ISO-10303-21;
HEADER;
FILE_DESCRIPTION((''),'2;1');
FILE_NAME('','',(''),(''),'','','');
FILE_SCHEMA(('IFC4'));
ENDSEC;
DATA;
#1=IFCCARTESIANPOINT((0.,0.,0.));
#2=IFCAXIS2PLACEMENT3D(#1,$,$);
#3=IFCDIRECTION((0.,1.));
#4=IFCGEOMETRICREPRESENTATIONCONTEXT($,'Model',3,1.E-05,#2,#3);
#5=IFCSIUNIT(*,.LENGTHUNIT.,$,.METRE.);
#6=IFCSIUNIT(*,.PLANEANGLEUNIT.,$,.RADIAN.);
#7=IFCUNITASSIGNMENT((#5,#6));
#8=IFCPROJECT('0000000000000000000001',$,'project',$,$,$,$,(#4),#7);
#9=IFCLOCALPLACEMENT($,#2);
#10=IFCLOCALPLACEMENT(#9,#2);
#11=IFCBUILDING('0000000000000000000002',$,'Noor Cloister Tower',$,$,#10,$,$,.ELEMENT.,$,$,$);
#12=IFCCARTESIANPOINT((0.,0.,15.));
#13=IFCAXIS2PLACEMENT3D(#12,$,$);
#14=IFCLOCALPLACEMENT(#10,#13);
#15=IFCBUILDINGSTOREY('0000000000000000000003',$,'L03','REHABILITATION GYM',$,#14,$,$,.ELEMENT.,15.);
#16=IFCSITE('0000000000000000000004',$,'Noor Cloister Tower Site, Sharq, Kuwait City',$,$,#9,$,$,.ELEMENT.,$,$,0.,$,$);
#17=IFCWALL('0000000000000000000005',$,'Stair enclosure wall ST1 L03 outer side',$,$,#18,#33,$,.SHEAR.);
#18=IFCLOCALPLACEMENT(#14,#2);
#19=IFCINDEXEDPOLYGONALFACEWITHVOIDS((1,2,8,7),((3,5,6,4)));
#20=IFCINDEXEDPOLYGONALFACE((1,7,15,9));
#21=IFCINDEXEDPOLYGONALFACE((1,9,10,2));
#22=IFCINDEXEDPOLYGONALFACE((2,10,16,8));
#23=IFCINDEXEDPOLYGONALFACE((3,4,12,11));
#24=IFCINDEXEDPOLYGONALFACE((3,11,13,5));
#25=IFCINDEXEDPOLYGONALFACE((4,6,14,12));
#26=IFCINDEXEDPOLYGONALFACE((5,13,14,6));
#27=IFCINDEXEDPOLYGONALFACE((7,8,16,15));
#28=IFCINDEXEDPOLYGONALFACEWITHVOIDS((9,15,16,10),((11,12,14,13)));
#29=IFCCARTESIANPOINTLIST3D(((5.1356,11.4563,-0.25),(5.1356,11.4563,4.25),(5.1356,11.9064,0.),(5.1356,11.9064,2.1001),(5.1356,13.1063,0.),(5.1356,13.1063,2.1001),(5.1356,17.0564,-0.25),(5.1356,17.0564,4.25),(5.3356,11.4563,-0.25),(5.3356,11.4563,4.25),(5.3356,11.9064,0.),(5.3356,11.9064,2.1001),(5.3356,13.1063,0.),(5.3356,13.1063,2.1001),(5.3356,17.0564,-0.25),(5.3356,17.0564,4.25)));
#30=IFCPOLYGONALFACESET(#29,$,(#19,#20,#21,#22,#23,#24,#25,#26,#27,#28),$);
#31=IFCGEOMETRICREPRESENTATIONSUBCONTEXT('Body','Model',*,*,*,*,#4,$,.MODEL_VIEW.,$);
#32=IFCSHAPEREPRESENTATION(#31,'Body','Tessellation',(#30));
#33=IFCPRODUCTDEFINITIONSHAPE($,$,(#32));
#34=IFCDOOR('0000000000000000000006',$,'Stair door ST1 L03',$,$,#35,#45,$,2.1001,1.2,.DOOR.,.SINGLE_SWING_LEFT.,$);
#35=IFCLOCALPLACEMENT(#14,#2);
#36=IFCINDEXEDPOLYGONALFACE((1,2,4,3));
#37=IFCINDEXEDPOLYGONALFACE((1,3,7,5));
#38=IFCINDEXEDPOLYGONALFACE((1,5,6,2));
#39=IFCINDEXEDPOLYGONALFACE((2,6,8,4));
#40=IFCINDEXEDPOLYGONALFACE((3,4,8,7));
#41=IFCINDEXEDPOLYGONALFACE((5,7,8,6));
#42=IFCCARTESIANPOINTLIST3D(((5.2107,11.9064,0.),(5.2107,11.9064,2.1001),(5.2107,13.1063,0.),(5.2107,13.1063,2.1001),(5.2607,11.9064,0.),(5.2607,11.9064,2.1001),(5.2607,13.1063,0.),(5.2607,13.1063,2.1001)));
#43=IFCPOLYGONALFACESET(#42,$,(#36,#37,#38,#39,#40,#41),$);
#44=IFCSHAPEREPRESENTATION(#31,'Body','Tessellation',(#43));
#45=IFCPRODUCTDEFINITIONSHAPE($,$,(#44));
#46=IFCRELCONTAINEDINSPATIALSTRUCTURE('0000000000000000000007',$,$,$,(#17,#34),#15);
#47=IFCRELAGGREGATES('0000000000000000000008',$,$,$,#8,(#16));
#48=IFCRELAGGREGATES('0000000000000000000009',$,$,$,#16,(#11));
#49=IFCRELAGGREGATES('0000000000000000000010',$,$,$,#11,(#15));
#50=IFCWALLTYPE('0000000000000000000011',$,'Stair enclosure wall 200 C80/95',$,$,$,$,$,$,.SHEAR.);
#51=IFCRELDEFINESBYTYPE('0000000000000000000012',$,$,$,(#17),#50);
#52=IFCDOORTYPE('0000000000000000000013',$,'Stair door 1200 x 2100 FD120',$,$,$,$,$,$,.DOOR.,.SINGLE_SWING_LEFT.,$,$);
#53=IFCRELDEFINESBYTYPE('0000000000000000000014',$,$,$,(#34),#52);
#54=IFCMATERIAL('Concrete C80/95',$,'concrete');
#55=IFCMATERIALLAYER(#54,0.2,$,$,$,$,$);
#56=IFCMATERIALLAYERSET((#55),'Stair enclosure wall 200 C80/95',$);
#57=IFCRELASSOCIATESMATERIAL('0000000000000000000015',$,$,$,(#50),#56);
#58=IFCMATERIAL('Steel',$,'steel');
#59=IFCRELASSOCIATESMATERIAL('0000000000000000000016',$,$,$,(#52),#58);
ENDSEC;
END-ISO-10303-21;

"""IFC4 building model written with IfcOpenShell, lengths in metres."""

from ifc_helpers import new_model, si_unit, direction, frame, frame_2d, origin, place, context, subcontext, project, spatial, rectangle, extrude, material, layer, layer_set, type_object, element, fill, save


model = new_model("IFC4")

# Units and contexts
model_context = context("Model", 3, precision=1e-05, world=origin(), true_north=direction((0.0, 1.0)))
body_context = subcontext(model_context, "Body", "Model", "MODEL_VIEW")
ifc_project = project(units=[si_unit("LENGTHUNIT", "METRE"), si_unit("PLANEANGLEUNIT", "RADIAN")], contexts=[model_context])

# Site, building, storey
site_placement = place(None, origin())
site = spatial("IfcSite", under=ifc_project, at=site_placement, Name="Noor Cloister Tower Site, Sharq, Kuwait City", CompositionType="ELEMENT", RefElevation=0.0)
building_placement = place(site_placement, origin())
building = spatial("IfcBuilding", under=site, at=building_placement, Name="Noor Cloister Tower", CompositionType="ELEMENT")
storey_placement = place(building_placement, frame((0.0, 0.0, 15.0)))
storey = spatial("IfcBuildingStorey", under=building, at=storey_placement, Name="L03", Description="REHABILITATION GYM", CompositionType="ELEMENT", Elevation=15.0)

# Wall, opening, door
ifc_material_1 = material(Name="Concrete C80/95", Category="concrete")
ifc_layer_1 = layer(ifc_material_1, 0.2)
ifc_layer_set_1 = layer_set([ifc_layer_1], Name="Stair enclosure wall 200 C80/95")
wall_type_1 = type_object("IfcWallType", Name="Stair enclosure wall 200 C80/95", PredefinedType="SHEAR", material=ifc_layer_set_1)
ifc_material_2 = material(Name="Steel", Category="steel")
door_type_1 = type_object("IfcDoorType", Name="Stair door 1200 x 2100 FD120", OperationType="SINGLE_SWING_LEFT", PredefinedType="DOOR", material=ifc_material_2)
wall_1_placement = place(storey_placement, frame((5.2356, 11.4563, -0.25), z_axis=(0.0, 0.0, 1.0), x_axis=(0.0, 1.0, 0.0)))
wall_1 = element("IfcWall", 1, at=wall_1_placement, inside=storey, type_object=wall_type_1, Name="Stair enclosure wall ST1 L03 outer side", PredefinedType="SHEAR", context=body_context, shape_type="SweptSolid", body=[
    extrude(rectangle(XDim=5.6001, YDim=0.2, at=frame_2d((2.8, 0.0))), origin(), (0.0, 0.0, 1.0), 4.5),
])
opening_1_placement = place(wall_1_placement, frame((0.45, 0.0, 0.25)))
opening_1 = element("IfcOpeningElement", 2, at=opening_1_placement, cuts=wall_1, PredefinedType="OPENING", context=body_context, shape_type="SweptSolid", body=[
    extrude(rectangle(XDim=1.2, YDim=2.1001, at=frame_2d((0.6001, 1.05))), frame((0.0, 0.1099, 0.0), z_axis=(0.0, -1.0, 0.0), x_axis=(1.0, 0.0, 0.0)), (0.0, 0.0, 1.0), 0.22),
])
door_1_placement = place(opening_1_placement, origin())
door_1 = element("IfcDoor", 3, at=door_1_placement, inside=storey, type_object=door_type_1, Name="Stair door ST1 L03", OperationType="SINGLE_SWING_LEFT", OverallHeight=2.1001, OverallWidth=1.2, PredefinedType="DOOR", context=body_context, shape_type="SweptSolid", body=[
    extrude(rectangle(XDim=1.2, YDim=2.1001, at=frame_2d((0.6001, 1.05))), frame((0.0, 0.0249, 0.0), z_axis=(0.0, -1.0, 0.0), x_axis=(1.0, 0.0, 0.0)), (0.0, 0.0, 1.0), 0.05),
])
fill(opening_1, door_1)

save(model, "model.ifc")
